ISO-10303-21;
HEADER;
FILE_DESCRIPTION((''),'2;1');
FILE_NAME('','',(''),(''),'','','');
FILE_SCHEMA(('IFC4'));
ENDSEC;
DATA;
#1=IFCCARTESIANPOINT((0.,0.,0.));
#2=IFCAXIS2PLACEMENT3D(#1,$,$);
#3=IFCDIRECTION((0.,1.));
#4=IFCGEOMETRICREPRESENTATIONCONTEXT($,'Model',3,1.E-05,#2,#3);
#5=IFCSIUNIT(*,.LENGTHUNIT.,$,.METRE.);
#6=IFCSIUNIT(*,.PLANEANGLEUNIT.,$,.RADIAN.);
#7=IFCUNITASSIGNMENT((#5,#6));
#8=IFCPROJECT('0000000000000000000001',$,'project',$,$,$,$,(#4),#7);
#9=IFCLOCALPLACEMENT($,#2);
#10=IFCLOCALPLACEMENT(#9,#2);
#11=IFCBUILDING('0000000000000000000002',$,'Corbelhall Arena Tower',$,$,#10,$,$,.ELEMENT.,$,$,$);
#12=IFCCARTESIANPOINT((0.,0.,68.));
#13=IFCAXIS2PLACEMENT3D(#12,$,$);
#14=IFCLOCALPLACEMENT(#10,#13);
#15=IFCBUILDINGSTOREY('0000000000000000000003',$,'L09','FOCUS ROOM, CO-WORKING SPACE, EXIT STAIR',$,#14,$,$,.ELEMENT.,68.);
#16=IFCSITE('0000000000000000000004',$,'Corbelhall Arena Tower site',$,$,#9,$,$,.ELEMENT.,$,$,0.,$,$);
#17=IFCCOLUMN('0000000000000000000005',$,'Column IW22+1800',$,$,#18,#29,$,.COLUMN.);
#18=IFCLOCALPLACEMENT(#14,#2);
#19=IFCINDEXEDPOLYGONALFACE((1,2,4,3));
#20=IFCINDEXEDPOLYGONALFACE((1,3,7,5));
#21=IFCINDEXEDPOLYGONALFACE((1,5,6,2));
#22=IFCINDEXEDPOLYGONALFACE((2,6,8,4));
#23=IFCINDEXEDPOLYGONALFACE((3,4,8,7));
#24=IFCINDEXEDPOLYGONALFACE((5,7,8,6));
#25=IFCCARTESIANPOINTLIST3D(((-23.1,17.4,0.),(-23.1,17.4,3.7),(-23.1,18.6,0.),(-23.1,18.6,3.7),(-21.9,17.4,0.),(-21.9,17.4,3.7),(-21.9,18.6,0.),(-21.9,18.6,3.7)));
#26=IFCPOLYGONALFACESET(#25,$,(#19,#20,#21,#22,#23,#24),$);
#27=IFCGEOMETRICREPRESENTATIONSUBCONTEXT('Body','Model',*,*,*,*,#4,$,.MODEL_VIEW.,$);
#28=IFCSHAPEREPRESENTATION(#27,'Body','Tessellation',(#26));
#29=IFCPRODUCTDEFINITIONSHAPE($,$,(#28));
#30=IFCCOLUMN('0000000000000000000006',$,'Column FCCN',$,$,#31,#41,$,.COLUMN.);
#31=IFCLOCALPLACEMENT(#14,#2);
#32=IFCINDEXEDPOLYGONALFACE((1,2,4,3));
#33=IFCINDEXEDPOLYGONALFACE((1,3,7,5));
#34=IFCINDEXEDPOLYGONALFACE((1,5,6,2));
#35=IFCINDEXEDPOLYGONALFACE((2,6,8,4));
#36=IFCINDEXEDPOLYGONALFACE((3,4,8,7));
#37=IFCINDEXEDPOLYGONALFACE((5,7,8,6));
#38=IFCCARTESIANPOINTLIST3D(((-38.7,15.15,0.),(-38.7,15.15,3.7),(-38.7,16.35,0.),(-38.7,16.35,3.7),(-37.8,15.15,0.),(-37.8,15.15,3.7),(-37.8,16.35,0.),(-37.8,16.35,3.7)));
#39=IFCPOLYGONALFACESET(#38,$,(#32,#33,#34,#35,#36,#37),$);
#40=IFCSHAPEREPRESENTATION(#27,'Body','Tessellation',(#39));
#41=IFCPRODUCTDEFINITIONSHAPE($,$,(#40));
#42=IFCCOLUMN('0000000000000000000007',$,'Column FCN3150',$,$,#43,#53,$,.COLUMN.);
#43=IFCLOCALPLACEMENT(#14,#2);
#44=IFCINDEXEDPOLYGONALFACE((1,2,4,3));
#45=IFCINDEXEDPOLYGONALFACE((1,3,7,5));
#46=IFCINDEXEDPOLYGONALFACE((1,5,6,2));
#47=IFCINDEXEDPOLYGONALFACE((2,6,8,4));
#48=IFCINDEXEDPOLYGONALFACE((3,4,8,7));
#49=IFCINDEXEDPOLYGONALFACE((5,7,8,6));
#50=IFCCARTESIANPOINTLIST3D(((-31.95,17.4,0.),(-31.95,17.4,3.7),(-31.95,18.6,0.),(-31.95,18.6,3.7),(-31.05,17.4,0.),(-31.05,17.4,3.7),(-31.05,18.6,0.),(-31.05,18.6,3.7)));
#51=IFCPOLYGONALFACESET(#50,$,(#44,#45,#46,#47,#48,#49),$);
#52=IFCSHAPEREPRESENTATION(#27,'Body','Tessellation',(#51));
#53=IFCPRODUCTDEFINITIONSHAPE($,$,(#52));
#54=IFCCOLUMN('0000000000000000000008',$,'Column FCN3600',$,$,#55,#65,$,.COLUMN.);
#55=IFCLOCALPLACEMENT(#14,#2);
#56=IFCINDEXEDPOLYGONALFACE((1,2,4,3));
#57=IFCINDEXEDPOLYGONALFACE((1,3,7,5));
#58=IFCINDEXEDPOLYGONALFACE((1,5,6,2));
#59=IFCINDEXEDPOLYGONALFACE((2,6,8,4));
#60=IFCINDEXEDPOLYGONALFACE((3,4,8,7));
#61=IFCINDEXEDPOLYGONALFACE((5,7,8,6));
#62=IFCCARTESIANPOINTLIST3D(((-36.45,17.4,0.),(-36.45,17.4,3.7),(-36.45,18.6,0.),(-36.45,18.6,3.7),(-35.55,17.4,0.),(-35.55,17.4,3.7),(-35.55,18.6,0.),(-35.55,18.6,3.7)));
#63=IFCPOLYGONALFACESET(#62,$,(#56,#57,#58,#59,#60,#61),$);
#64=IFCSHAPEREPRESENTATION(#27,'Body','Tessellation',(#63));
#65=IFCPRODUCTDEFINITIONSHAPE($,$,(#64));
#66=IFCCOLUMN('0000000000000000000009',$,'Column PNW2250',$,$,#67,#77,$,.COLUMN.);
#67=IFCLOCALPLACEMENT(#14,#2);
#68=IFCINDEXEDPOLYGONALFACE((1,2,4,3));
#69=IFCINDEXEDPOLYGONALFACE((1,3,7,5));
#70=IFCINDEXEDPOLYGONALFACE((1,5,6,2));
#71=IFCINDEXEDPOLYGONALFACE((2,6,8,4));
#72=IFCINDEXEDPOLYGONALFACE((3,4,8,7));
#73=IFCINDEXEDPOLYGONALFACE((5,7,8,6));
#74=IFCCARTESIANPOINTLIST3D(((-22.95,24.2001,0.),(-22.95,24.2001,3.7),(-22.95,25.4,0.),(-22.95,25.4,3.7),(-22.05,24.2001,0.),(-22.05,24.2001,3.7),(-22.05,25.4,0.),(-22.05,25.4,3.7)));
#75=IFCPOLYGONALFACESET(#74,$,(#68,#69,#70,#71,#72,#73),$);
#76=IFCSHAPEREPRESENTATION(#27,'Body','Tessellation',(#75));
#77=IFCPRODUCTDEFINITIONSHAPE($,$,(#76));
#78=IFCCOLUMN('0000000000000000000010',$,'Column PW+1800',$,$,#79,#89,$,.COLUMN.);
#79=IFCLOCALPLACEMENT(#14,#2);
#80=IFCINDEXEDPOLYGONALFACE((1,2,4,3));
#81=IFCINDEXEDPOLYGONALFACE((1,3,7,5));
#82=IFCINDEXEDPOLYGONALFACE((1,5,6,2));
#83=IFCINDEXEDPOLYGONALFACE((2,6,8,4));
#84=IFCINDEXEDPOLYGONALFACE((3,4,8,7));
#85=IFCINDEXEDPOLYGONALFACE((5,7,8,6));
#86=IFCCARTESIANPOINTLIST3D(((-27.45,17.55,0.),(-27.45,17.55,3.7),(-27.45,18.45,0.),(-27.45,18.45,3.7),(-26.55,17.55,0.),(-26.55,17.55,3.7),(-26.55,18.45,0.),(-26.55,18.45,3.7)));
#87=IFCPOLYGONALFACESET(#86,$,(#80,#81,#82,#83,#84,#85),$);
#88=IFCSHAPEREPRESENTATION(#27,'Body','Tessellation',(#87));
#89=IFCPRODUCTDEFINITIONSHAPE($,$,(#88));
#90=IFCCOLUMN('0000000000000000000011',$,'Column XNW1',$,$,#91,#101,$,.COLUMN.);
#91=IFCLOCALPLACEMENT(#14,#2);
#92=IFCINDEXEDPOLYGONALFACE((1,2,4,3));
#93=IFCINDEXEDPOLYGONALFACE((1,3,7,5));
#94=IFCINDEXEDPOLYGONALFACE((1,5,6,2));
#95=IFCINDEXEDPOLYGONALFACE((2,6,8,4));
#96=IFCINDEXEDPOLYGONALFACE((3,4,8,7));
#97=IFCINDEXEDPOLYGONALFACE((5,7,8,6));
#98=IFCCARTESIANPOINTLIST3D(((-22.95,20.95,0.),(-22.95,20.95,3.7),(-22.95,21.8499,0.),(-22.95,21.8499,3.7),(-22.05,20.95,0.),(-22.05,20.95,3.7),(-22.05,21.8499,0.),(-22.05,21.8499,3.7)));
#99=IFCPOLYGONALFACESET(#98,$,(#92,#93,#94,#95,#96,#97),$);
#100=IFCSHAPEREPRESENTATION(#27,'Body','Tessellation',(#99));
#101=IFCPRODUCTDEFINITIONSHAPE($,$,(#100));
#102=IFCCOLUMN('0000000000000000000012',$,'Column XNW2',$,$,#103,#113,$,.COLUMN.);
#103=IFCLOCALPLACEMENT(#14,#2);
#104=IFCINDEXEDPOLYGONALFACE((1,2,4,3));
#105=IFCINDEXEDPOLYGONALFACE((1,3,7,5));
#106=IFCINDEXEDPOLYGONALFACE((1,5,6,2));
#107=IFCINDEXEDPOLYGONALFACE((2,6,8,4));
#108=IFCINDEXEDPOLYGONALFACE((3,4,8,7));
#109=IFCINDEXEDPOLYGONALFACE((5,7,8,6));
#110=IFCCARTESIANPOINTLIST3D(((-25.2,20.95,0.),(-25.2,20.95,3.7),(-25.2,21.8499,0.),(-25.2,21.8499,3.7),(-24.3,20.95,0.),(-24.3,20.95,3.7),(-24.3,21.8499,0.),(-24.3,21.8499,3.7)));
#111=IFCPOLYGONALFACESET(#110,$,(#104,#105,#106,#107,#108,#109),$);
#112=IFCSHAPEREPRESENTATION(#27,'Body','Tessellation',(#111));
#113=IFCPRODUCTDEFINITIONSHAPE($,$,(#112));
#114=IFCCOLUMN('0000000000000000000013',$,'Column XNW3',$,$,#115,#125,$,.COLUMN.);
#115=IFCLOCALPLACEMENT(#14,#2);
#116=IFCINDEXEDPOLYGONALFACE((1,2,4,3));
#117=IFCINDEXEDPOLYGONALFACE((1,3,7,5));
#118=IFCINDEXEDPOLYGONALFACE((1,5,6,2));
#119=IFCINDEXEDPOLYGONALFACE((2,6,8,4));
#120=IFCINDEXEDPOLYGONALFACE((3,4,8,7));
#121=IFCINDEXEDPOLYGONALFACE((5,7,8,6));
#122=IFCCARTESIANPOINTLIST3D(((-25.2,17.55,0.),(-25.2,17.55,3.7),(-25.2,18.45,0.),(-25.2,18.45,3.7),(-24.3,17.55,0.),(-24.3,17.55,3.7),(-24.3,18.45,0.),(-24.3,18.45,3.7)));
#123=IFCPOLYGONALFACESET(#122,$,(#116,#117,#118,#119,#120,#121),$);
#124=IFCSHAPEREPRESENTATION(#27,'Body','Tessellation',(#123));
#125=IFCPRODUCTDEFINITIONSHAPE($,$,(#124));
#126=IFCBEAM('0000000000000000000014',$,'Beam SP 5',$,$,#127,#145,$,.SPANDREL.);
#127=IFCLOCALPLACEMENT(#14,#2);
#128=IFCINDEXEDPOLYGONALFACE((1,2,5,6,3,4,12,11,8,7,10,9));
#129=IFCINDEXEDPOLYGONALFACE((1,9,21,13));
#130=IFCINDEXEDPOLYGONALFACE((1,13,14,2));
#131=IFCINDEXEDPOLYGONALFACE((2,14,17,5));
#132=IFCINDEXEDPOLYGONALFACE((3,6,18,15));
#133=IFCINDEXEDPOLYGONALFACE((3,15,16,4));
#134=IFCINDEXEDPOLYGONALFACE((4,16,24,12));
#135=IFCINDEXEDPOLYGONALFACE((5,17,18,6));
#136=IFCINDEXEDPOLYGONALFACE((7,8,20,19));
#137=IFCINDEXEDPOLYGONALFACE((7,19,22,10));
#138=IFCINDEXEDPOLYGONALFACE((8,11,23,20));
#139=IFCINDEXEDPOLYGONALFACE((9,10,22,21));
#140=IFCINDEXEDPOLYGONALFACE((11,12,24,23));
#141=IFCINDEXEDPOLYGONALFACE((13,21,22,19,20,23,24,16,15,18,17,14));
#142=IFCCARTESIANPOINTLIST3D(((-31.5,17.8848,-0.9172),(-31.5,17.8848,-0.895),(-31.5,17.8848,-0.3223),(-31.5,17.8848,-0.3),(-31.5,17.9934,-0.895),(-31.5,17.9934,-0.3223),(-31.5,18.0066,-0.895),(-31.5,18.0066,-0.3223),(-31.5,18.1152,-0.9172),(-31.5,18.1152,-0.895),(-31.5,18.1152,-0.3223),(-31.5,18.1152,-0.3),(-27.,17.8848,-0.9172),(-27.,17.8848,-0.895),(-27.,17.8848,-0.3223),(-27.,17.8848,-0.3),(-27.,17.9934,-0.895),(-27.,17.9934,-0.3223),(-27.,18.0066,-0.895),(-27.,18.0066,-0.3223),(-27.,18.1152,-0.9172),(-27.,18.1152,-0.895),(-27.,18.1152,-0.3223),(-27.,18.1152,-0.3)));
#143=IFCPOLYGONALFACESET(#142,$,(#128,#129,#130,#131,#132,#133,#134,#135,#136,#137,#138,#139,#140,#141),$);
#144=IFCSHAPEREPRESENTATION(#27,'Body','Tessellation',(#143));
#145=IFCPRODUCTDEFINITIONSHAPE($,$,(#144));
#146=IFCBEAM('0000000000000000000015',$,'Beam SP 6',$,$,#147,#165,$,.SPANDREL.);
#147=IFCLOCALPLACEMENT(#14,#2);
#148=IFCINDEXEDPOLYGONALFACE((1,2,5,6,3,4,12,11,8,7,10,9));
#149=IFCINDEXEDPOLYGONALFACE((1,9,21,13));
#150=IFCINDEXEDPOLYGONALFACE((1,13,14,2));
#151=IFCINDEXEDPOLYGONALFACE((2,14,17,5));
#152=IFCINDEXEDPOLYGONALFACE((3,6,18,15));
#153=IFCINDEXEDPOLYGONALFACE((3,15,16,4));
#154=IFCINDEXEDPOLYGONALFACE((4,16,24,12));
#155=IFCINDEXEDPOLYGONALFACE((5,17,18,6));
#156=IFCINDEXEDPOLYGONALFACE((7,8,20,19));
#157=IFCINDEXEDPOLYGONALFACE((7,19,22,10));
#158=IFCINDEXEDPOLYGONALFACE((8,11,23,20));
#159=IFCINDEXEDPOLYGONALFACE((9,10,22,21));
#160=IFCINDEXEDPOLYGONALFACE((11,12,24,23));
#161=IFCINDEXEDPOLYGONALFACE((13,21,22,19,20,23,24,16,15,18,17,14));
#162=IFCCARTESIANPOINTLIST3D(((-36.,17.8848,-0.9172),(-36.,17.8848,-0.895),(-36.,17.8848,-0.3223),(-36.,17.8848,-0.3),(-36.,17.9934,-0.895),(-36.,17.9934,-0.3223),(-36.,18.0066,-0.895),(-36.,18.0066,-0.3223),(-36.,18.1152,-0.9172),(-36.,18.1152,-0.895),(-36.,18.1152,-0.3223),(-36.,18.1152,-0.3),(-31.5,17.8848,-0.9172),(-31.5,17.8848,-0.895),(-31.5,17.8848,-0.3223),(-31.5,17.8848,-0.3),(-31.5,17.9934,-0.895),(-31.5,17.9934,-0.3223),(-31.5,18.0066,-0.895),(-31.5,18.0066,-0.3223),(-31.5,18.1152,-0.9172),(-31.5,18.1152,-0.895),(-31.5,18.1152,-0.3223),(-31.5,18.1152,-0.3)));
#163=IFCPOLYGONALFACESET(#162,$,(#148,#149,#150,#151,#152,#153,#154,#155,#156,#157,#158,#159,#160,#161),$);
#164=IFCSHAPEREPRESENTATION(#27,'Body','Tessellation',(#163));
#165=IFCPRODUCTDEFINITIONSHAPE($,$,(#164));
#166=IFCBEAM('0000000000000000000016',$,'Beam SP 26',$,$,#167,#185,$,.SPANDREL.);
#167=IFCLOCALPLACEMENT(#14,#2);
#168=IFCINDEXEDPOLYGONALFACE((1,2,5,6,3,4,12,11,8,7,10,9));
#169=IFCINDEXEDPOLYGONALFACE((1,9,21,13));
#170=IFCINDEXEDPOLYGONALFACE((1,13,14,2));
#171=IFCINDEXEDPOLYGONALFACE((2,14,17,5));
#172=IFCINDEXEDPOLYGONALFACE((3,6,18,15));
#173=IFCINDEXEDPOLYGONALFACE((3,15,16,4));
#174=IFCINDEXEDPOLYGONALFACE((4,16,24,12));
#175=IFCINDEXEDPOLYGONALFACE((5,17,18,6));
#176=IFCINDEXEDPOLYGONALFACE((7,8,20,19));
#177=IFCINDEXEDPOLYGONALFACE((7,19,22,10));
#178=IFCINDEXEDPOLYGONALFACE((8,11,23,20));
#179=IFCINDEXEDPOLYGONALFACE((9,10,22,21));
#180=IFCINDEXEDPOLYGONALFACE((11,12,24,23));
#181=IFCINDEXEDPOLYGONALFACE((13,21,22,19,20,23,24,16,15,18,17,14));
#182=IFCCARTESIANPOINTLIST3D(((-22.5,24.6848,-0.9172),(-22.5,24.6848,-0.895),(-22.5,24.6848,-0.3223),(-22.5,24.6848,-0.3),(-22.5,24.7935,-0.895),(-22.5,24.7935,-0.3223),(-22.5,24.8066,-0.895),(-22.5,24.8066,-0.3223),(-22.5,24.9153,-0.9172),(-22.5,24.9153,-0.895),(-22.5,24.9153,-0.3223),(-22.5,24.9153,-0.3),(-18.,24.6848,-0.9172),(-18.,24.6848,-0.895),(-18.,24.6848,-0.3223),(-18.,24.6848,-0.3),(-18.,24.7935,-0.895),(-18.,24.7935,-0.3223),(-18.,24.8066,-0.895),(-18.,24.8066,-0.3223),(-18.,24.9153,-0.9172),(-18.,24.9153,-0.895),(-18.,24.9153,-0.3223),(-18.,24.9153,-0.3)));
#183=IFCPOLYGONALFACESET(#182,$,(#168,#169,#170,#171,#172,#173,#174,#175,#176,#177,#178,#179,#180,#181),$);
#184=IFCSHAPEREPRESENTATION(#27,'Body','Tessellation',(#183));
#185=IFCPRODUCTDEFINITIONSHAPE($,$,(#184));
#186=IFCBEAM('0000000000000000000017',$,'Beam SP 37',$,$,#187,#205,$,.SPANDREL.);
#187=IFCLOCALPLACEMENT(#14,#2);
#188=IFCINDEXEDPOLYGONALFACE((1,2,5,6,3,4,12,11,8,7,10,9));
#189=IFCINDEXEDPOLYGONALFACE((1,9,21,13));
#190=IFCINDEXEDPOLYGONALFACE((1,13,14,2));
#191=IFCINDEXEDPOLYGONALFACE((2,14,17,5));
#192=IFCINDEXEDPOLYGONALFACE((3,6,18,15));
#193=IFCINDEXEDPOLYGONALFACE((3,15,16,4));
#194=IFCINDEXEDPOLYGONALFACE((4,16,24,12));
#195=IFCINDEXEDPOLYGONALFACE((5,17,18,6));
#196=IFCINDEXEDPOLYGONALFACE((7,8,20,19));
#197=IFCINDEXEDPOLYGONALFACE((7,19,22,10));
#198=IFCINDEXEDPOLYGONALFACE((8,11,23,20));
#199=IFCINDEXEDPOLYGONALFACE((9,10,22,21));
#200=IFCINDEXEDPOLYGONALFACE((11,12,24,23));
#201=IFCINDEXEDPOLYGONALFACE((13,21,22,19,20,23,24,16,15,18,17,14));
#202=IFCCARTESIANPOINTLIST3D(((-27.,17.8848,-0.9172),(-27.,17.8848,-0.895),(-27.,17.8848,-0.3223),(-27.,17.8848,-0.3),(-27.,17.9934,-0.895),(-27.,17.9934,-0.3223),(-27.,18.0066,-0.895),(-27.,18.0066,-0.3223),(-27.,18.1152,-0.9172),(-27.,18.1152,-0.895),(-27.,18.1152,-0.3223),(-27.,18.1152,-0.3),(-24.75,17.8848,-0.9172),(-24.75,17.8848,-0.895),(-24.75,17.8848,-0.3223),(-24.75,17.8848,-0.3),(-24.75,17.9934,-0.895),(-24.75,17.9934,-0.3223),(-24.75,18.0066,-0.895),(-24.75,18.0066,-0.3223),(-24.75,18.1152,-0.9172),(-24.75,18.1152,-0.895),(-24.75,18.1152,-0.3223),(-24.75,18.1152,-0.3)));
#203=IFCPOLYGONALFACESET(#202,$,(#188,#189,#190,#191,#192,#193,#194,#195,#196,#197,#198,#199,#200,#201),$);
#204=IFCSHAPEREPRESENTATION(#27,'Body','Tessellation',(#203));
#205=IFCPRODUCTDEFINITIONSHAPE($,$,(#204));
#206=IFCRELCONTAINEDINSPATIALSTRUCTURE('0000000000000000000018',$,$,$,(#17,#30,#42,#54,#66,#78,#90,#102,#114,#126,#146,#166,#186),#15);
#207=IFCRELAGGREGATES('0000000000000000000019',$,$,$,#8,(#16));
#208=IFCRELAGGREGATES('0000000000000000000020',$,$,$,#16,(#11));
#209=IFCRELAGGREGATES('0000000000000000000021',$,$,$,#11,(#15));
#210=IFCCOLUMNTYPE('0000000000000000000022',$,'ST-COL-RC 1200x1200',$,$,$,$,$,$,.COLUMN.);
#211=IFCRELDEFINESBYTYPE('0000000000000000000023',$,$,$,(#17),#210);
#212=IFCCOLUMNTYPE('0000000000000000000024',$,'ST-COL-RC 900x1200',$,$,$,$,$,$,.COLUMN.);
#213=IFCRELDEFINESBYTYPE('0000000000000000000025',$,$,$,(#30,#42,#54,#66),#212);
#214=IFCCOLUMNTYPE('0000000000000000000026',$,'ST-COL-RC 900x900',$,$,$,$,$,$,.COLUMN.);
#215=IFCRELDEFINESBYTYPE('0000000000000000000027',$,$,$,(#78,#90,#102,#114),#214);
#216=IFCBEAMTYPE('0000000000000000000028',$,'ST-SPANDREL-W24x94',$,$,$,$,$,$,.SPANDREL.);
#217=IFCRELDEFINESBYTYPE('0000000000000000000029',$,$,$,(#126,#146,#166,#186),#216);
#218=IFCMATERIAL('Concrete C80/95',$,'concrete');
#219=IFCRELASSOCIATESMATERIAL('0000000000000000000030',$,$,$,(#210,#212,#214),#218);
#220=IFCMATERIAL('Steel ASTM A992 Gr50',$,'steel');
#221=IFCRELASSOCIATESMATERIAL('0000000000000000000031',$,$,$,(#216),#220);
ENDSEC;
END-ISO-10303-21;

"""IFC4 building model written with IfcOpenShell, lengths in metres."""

from ifc_helpers import new_model, si_unit, direction, frame, origin, origin_2d, place, context, subcontext, project, spatial, rectangle, i_section, extrude, material, material_profile, profile_set, type_object, element, save


model = new_model("IFC4")

# Units and contexts
model_context = context("Model", 3, precision=1e-05, world=origin(), true_north=direction((0.0, 1.0)))
body_context = subcontext(model_context, "Body", "Model", "MODEL_VIEW")
ifc_project = project(units=[si_unit("LENGTHUNIT", "METRE"), si_unit("PLANEANGLEUNIT", "RADIAN")], contexts=[model_context])

# Site, building, storey
site_placement = place(None, origin())
site = spatial("IfcSite", under=ifc_project, at=site_placement, Name="Corbelhall Arena Tower site", CompositionType="ELEMENT", RefElevation=0.0)
building_placement = place(site_placement, origin())
building = spatial("IfcBuilding", under=site, at=building_placement, Name="Corbelhall Arena Tower", CompositionType="ELEMENT")
storey_placement = place(building_placement, frame((0.0, 0.0, 68.0)))
storey = spatial("IfcBuildingStorey", under=building, at=storey_placement, Name="L09", Description="FOCUS ROOM, CO-WORKING SPACE, EXIT STAIR", CompositionType="ELEMENT", Elevation=68.0)

# Columns
ifc_material_1 = material(Name="Concrete C80/95", Category="concrete")
ifc_material_profile_1 = material_profile(ifc_material_1, rectangle(XDim=1.2, YDim=1.2, at=origin_2d()))
ifc_profile_set_1 = profile_set([ifc_material_profile_1], Name="Concrete C80/95")
column_type_1 = type_object("IfcColumnType", Name="ST-COL-RC 1200x1200", PredefinedType="COLUMN", material=ifc_profile_set_1)
column_placement = place(storey_placement, frame((-22.5, 18.0, 0.0), z_axis=(0.0, 0.0, 1.0), x_axis=(1.0, 0.0, 0.0)))
element("IfcColumn", 1, at=column_placement, inside=storey, type_object=column_type_1, Name="Column IW22+1800", PredefinedType="COLUMN", context=body_context, shape_type="SweptSolid", body=[
    extrude(rectangle(XDim=1.2, YDim=1.2, at=origin_2d()), origin(), (0.0, 0.0, 1.0), 3.7),
])
ifc_material_profile_2 = material_profile(ifc_material_1, rectangle(XDim=0.8999, YDim=1.2, at=origin_2d()))
ifc_profile_set_2 = profile_set([ifc_material_profile_2], Name="Concrete C80/95")
column_type_2 = type_object("IfcColumnType", Name="ST-COL-RC 900x1200", PredefinedType="COLUMN", material=ifc_profile_set_2)
for number, where, z_axis, x_axis, name in (
    (2, (-38.25, 15.75, 0.0), (0.0, 0.0, 1.0), (1.0, 0.0, 0.0), "Column FCCN"),
    (3, (-31.5, 18.0, 0.0), (0.0, 0.0, 1.0), (1.0, 0.0, 0.0), "Column FCN3150"),
    (4, (-36.0, 18.0, 0.0), (0.0, 0.0, 1.0), (1.0, 0.0, 0.0), "Column FCN3600"),
    (5, (-22.5, 24.8, 0.0), (0.0, 0.0, 1.0), (1.0, 0.0, 0.0), "Column PNW2250"),
):
    element("IfcColumn", number, at=place(storey_placement, frame(where, z_axis=z_axis, x_axis=x_axis)), inside=storey, type_object=column_type_2, Name=name, PredefinedType="COLUMN", context=body_context, shape_type="SweptSolid", body=[
        extrude(rectangle(XDim=0.8999, YDim=1.2, at=origin_2d()), origin(), (0.0, 0.0, 1.0), 3.7),
    ])
ifc_material_profile_3 = material_profile(ifc_material_1, rectangle(XDim=0.8999, YDim=0.8999, at=origin_2d()))
ifc_profile_set_3 = profile_set([ifc_material_profile_3], Name="Concrete C80/95")
column_type_3 = type_object("IfcColumnType", Name="ST-COL-RC 900x900", PredefinedType="COLUMN", material=ifc_profile_set_3)
for number, where, z_axis, x_axis, name in (
    (6, (-27.0, 18.0, 0.0), (0.0, 0.0, 1.0), (1.0, 0.0, 0.0), "Column PW+1800"),
    (7, (-22.5, 21.3999, 0.0), (0.0, 0.0, 1.0), (1.0, 0.0, 0.0), "Column XNW1"),
    (8, (-24.75, 21.3999, 0.0), (0.0, 0.0, 1.0), (1.0, 0.0, 0.0), "Column XNW2"),
    (9, (-24.75, 18.0, 0.0), (0.0, 0.0, 1.0), (1.0, 0.0, 0.0), "Column XNW3"),
):
    element("IfcColumn", number, at=place(storey_placement, frame(where, z_axis=z_axis, x_axis=x_axis)), inside=storey, type_object=column_type_3, Name=name, PredefinedType="COLUMN", context=body_context, shape_type="SweptSolid", body=[
        extrude(rectangle(XDim=0.8999, YDim=0.8999, at=origin_2d()), origin(), (0.0, 0.0, 1.0), 3.7),
    ])

# Beams
ifc_material_2 = material(Name="Steel ASTM A992 Gr50", Category="steel")
ifc_material_profile_4 = material_profile(ifc_material_2, i_section(OverallWidth=0.2305, OverallDepth=0.6172, WebThickness=0.0132, FlangeThickness=0.0222, at=origin_2d()))
ifc_profile_set_4 = profile_set([ifc_material_profile_4], Name="Steel ASTM A992 Gr50")
beam_type = type_object("IfcBeamType", Name="ST-SPANDREL-W24x94", PredefinedType="SPANDREL", material=ifc_profile_set_4)
for number, where, z_axis, x_axis, name in (
    (10, (-31.5, 18.0, -0.6086), (1.0, 0.0, 0.0), (0.0, 1.0, 0.0), "Beam SP 5"),
    (11, (-36.0, 18.0, -0.6086), (1.0, 0.0, 0.0), (0.0, 1.0, 0.0), "Beam SP 6"),
    (12, (-22.5, 24.8, -0.6086), (1.0, 0.0, 0.0), (0.0, 1.0, 0.0), "Beam SP 26"),
):
    element("IfcBeam", number, at=place(storey_placement, frame(where, z_axis=z_axis, x_axis=x_axis)), inside=storey, type_object=beam_type, Name=name, PredefinedType="SPANDREL", context=body_context, shape_type="SweptSolid", body=[
        extrude(i_section(OverallWidth=0.2305, OverallDepth=0.6172, WebThickness=0.0132, FlangeThickness=0.0222, at=origin_2d()), origin(), (0.0, 0.0, 1.0), 4.5),
    ])
beam_1_placement = place(storey_placement, frame((-27.0, 18.0, -0.6086), z_axis=(1.0, 0.0, 0.0), x_axis=(0.0, 1.0, 0.0)))
element("IfcBeam", 13, at=beam_1_placement, inside=storey, type_object=beam_type, Name="Beam SP 37", PredefinedType="SPANDREL", context=body_context, shape_type="SweptSolid", body=[
    extrude(i_section(OverallWidth=0.2305, OverallDepth=0.6172, WebThickness=0.0132, FlangeThickness=0.0222, at=origin_2d()), origin(), (0.0, 0.0, 1.0), 2.25),
])

save(model, "model.ifc")
